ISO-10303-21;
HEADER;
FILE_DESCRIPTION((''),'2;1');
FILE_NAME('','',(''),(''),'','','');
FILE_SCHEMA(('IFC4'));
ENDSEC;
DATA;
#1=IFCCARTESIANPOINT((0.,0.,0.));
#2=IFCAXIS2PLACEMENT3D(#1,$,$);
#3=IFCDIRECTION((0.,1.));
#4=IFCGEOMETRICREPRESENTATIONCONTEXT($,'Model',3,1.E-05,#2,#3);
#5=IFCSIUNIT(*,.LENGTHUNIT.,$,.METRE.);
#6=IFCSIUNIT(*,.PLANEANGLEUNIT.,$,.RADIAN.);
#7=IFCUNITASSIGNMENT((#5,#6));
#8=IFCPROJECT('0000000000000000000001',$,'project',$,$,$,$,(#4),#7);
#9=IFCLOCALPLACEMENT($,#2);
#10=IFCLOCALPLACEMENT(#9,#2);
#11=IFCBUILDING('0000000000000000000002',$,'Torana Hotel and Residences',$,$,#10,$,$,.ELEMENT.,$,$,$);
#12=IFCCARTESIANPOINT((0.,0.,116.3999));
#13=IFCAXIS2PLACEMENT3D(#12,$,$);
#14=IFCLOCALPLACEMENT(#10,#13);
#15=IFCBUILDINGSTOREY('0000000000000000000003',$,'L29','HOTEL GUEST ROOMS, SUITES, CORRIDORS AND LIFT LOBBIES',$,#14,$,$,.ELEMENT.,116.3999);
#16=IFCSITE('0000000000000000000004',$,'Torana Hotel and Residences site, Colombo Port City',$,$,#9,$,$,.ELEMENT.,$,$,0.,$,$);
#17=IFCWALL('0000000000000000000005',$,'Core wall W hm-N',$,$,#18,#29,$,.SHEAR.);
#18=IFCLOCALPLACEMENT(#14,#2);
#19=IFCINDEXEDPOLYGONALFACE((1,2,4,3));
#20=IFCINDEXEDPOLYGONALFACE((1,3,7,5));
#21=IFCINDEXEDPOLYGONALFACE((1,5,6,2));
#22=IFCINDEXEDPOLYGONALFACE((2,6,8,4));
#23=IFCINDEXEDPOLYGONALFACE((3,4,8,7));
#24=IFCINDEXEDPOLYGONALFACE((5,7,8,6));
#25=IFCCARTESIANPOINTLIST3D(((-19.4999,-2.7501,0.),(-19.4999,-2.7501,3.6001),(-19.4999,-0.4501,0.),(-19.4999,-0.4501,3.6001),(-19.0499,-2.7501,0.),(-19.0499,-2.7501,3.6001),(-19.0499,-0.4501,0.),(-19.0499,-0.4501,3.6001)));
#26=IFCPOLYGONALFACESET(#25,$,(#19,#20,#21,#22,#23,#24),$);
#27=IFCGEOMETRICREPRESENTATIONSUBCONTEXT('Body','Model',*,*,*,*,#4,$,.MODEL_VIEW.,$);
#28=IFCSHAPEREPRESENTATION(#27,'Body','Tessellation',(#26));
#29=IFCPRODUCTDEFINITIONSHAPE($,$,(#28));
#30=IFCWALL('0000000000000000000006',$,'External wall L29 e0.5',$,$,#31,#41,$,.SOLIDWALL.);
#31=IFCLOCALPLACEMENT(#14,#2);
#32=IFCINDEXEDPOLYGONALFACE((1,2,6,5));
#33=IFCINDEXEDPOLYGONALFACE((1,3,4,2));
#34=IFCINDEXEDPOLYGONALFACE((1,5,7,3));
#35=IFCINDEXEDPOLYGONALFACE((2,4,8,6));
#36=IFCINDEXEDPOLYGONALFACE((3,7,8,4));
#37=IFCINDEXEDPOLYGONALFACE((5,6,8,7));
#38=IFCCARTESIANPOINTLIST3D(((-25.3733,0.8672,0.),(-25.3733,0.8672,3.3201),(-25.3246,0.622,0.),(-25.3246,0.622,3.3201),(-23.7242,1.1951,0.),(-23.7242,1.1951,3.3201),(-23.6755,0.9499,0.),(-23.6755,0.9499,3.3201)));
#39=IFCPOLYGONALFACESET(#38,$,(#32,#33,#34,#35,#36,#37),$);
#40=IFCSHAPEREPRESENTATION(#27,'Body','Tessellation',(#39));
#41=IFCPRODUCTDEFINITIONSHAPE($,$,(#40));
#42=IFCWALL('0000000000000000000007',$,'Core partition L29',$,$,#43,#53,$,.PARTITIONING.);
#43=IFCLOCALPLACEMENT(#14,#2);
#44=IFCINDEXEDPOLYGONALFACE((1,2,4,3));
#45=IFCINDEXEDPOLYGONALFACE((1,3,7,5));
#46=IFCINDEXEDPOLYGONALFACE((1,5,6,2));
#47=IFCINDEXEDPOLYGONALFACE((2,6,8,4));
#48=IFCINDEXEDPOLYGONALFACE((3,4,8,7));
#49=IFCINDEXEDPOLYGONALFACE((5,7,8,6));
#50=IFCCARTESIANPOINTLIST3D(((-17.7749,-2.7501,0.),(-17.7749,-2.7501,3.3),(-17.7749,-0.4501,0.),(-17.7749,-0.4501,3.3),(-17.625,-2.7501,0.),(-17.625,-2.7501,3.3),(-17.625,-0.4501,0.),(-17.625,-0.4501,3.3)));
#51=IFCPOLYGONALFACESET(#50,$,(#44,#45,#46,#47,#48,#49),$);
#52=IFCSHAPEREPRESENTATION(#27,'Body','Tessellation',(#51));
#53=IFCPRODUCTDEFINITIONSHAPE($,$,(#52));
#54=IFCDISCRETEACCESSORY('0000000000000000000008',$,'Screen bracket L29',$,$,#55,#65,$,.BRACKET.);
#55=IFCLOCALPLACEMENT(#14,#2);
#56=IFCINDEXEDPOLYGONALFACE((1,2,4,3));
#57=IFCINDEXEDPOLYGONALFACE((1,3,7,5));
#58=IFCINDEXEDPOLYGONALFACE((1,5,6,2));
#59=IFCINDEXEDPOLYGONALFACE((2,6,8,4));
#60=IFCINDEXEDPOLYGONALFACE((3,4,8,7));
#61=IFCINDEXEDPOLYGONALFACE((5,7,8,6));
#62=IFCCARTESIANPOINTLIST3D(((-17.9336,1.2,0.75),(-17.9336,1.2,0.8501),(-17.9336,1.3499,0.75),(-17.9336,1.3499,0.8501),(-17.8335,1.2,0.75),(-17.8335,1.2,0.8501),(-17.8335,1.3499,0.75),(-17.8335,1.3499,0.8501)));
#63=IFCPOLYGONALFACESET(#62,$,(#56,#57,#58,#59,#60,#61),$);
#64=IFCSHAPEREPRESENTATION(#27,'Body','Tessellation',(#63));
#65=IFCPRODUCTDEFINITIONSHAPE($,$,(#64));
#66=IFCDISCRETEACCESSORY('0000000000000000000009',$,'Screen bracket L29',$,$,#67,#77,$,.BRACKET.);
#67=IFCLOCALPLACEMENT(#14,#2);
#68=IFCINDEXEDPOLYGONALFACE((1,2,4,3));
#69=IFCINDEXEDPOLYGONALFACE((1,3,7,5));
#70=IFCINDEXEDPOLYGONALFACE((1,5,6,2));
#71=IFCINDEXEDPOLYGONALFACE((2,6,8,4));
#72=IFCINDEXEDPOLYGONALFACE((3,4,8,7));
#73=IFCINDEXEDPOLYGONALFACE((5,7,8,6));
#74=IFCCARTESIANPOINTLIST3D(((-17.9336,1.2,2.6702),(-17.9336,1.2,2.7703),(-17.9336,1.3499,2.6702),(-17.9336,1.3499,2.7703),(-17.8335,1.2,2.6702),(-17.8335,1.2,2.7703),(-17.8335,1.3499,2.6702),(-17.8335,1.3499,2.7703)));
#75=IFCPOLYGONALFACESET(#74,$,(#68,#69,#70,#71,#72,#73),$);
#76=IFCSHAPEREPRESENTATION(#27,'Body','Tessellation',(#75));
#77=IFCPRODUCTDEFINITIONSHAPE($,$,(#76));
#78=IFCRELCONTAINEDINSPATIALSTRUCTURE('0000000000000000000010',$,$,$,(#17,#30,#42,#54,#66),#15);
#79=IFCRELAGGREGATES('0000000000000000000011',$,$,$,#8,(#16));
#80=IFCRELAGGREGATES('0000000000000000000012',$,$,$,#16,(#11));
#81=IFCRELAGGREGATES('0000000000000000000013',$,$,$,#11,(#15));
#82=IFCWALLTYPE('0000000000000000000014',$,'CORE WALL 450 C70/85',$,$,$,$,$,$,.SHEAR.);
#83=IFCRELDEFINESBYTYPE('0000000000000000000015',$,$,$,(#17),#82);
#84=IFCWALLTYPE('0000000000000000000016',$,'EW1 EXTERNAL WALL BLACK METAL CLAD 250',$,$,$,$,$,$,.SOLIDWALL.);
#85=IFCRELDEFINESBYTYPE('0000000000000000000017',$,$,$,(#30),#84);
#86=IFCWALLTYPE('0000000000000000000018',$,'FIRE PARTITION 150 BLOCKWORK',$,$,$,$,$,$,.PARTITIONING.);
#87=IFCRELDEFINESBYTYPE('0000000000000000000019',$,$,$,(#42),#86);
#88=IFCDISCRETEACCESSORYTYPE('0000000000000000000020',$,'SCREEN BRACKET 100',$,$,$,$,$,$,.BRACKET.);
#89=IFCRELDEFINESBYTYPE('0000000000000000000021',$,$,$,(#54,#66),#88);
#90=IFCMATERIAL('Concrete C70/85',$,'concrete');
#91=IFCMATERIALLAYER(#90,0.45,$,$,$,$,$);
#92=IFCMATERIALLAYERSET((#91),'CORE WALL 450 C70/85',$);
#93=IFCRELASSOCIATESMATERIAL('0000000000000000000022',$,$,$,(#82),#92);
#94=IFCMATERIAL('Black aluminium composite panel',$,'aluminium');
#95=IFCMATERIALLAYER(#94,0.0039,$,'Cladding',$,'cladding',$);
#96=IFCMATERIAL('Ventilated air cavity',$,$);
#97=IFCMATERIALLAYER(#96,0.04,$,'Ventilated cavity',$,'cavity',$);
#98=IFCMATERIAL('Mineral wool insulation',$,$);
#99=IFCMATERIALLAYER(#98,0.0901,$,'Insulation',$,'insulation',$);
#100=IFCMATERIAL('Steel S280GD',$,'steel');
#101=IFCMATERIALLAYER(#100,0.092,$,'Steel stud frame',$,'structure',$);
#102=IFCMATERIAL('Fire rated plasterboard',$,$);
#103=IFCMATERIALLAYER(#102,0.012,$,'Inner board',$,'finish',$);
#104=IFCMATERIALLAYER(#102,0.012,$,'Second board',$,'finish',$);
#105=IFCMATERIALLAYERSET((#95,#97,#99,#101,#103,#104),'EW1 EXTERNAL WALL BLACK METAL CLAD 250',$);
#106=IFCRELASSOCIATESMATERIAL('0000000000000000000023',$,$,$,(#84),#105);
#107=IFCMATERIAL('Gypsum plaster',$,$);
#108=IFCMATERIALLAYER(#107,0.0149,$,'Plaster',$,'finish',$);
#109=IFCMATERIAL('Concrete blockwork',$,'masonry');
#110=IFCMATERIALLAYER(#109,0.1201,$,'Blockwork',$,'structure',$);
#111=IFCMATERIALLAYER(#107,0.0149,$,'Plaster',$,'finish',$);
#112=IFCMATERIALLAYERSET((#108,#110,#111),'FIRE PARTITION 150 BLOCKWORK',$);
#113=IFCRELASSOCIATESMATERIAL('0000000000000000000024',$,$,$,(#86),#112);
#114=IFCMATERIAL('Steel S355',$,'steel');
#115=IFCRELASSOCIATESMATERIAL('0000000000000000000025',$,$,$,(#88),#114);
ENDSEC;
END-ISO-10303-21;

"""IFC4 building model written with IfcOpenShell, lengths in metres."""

from ifc_helpers import new_model, si_unit, direction, frame, frame_2d, origin, origin_2d, place, context, subcontext, project, spatial, rectangle, extrude, material, layer, layer_set, type_object, element, save


model = new_model("IFC4")

# Units and contexts
model_context = context("Model", 3, precision=1e-05, world=origin(), true_north=direction((0.0, 1.0)))
body_context = subcontext(model_context, "Body", "Model", "MODEL_VIEW")
ifc_project = project(units=[si_unit("LENGTHUNIT", "METRE"), si_unit("PLANEANGLEUNIT", "RADIAN")], contexts=[model_context])

# Site, building, storey
site_placement = place(None, origin())
site = spatial("IfcSite", under=ifc_project, at=site_placement, Name="Torana Hotel and Residences site, Colombo Port City", CompositionType="ELEMENT", RefElevation=0.0)
building_placement = place(site_placement, origin())
building = spatial("IfcBuilding", under=site, at=building_placement, Name="Torana Hotel and Residences", CompositionType="ELEMENT")
storey_placement = place(building_placement, frame((0.0, 0.0, 116.3999)))
storey = spatial("IfcBuildingStorey", under=building, at=storey_placement, Name="L29", Description="HOTEL GUEST ROOMS, SUITES, CORRIDORS AND LIFT LOBBIES", CompositionType="ELEMENT", Elevation=116.3999)

# Walls
ifc_material_1 = material(Name="Concrete C70/85", Category="concrete")
ifc_layer_1 = layer(ifc_material_1, 0.45)
ifc_layer_set_1 = layer_set([ifc_layer_1], Name="CORE WALL 450 C70/85")
wall_type_1 = type_object("IfcWallType", Name="CORE WALL 450 C70/85", PredefinedType="SHEAR", material=ifc_layer_set_1)
wall_1_placement = place(storey_placement, frame((-19.2749, -2.75, 0.0), z_axis=(0.0, 0.0, 1.0), x_axis=(0.0, 1.0, 0.0)))
element("IfcWall", 1, at=wall_1_placement, inside=storey, type_object=wall_type_1, Name="Core wall W hm-N", PredefinedType="SHEAR", context=body_context, shape_type="SweptSolid", body=[
    extrude(rectangle(XDim=2.3, YDim=0.45, at=frame_2d((1.1499, 0.0))), origin(), (0.0, 0.0, 1.0), 3.6001),
])
ifc_material_2 = material(Name="Black aluminium composite panel", Category="aluminium")
ifc_layer_2 = layer(ifc_material_2, 0.0039, Name="Cladding", Category="cladding")
ifc_material_3 = material(Name="Ventilated air cavity")
ifc_layer_3 = layer(ifc_material_3, 0.04, Name="Ventilated cavity", Category="cavity")
ifc_material_4 = material(Name="Mineral wool insulation")
ifc_layer_4 = layer(ifc_material_4, 0.0901, Name="Insulation", Category="insulation")
ifc_material_5 = material(Name="Steel S280GD", Category="steel")
ifc_layer_5 = layer(ifc_material_5, 0.092, Name="Steel stud frame", Category="structure")
ifc_material_6 = material(Name="Fire rated plasterboard")
ifc_layer_6 = layer(ifc_material_6, 0.012, Name="Inner board", Category="finish")
ifc_layer_7 = layer(ifc_material_6, 0.012, Name="Second board", Category="finish")
ifc_layer_set_2 = layer_set([ifc_layer_2, ifc_layer_3, ifc_layer_4, ifc_layer_5, ifc_layer_6, ifc_layer_7], Name="EW1 EXTERNAL WALL BLACK METAL CLAD 250")
wall_type_2 = type_object("IfcWallType", Name="EW1 EXTERNAL WALL BLACK METAL CLAD 250", PredefinedType="SOLIDWALL", material=ifc_layer_set_2)
wall_2_placement = place(storey_placement, frame((-23.6997, 1.0725, 0.0), z_axis=(0.0, 0.0, 1.0), x_axis=(-0.980803, -0.194999, 0.0)))
element("IfcWall", 2, at=wall_2_placement, inside=storey, type_object=wall_type_2, Name="External wall L29 e0.5", PredefinedType="SOLIDWALL", context=body_context, shape_type="SweptSolid", body=[
    extrude(rectangle(XDim=1.6814, YDim=0.25, at=frame_2d((0.8408, 0.0))), origin(), (0.0, 0.0, 1.0), 3.3201),
])
ifc_material_7 = material(Name="Gypsum plaster")
ifc_layer_8 = layer(ifc_material_7, 0.0149, Name="Plaster", Category="finish")
ifc_material_8 = material(Name="Concrete blockwork", Category="masonry")
ifc_layer_9 = layer(ifc_material_8, 0.1201, Name="Blockwork", Category="structure")
ifc_layer_10 = layer(ifc_material_7, 0.0149, Name="Plaster", Category="finish")
ifc_layer_set_3 = layer_set([ifc_layer_8, ifc_layer_9, ifc_layer_10], Name="FIRE PARTITION 150 BLOCKWORK")
wall_type_3 = type_object("IfcWallType", Name="FIRE PARTITION 150 BLOCKWORK", PredefinedType="PARTITIONING", material=ifc_layer_set_3)
wall_3_placement = place(storey_placement, frame((-17.7, -2.75, 0.0), z_axis=(0.0, 0.0, 1.0), x_axis=(0.0, 1.0, 0.0)))
element("IfcWall", 3, at=wall_3_placement, inside=storey, type_object=wall_type_3, Name="Core partition L29", PredefinedType="PARTITIONING", context=body_context, shape_type="SweptSolid", body=[
    extrude(rectangle(XDim=2.3, YDim=0.1499, at=frame_2d((1.1499, 0.0))), origin(), (0.0, 0.0, 1.0), 3.3),
])

# Discrete accessories
ifc_material_9 = material(Name="Steel S355", Category="steel")
discrete_accessory_type = type_object("IfcDiscreteAccessoryType", Name="SCREEN BRACKET 100", PredefinedType="BRACKET", material=ifc_material_9)
for number, where, z_axis, x_axis, name in (
    (4, (-17.8835, 1.2749, 0.75), (0.0, 0.0, 1.0), (-1.0, 0.0, 0.0), "Screen bracket L29"),
    (5, (-17.8835, 1.2749, 2.6702), (0.0, 0.0, 1.0), (-1.0, 0.0, 0.0), "Screen bracket L29"),
):
    element("IfcDiscreteAccessory", number, at=place(storey_placement, frame(where, z_axis=z_axis, x_axis=x_axis)), inside=storey, type_object=discrete_accessory_type, Name=name, PredefinedType="BRACKET", context=body_context, shape_type="SweptSolid", body=[
        extrude(rectangle(XDim=0.1001, YDim=0.1499, at=origin_2d()), origin(), (0.0, 0.0, 1.0), 0.1001),
    ])

save(model, "model.ifc")
